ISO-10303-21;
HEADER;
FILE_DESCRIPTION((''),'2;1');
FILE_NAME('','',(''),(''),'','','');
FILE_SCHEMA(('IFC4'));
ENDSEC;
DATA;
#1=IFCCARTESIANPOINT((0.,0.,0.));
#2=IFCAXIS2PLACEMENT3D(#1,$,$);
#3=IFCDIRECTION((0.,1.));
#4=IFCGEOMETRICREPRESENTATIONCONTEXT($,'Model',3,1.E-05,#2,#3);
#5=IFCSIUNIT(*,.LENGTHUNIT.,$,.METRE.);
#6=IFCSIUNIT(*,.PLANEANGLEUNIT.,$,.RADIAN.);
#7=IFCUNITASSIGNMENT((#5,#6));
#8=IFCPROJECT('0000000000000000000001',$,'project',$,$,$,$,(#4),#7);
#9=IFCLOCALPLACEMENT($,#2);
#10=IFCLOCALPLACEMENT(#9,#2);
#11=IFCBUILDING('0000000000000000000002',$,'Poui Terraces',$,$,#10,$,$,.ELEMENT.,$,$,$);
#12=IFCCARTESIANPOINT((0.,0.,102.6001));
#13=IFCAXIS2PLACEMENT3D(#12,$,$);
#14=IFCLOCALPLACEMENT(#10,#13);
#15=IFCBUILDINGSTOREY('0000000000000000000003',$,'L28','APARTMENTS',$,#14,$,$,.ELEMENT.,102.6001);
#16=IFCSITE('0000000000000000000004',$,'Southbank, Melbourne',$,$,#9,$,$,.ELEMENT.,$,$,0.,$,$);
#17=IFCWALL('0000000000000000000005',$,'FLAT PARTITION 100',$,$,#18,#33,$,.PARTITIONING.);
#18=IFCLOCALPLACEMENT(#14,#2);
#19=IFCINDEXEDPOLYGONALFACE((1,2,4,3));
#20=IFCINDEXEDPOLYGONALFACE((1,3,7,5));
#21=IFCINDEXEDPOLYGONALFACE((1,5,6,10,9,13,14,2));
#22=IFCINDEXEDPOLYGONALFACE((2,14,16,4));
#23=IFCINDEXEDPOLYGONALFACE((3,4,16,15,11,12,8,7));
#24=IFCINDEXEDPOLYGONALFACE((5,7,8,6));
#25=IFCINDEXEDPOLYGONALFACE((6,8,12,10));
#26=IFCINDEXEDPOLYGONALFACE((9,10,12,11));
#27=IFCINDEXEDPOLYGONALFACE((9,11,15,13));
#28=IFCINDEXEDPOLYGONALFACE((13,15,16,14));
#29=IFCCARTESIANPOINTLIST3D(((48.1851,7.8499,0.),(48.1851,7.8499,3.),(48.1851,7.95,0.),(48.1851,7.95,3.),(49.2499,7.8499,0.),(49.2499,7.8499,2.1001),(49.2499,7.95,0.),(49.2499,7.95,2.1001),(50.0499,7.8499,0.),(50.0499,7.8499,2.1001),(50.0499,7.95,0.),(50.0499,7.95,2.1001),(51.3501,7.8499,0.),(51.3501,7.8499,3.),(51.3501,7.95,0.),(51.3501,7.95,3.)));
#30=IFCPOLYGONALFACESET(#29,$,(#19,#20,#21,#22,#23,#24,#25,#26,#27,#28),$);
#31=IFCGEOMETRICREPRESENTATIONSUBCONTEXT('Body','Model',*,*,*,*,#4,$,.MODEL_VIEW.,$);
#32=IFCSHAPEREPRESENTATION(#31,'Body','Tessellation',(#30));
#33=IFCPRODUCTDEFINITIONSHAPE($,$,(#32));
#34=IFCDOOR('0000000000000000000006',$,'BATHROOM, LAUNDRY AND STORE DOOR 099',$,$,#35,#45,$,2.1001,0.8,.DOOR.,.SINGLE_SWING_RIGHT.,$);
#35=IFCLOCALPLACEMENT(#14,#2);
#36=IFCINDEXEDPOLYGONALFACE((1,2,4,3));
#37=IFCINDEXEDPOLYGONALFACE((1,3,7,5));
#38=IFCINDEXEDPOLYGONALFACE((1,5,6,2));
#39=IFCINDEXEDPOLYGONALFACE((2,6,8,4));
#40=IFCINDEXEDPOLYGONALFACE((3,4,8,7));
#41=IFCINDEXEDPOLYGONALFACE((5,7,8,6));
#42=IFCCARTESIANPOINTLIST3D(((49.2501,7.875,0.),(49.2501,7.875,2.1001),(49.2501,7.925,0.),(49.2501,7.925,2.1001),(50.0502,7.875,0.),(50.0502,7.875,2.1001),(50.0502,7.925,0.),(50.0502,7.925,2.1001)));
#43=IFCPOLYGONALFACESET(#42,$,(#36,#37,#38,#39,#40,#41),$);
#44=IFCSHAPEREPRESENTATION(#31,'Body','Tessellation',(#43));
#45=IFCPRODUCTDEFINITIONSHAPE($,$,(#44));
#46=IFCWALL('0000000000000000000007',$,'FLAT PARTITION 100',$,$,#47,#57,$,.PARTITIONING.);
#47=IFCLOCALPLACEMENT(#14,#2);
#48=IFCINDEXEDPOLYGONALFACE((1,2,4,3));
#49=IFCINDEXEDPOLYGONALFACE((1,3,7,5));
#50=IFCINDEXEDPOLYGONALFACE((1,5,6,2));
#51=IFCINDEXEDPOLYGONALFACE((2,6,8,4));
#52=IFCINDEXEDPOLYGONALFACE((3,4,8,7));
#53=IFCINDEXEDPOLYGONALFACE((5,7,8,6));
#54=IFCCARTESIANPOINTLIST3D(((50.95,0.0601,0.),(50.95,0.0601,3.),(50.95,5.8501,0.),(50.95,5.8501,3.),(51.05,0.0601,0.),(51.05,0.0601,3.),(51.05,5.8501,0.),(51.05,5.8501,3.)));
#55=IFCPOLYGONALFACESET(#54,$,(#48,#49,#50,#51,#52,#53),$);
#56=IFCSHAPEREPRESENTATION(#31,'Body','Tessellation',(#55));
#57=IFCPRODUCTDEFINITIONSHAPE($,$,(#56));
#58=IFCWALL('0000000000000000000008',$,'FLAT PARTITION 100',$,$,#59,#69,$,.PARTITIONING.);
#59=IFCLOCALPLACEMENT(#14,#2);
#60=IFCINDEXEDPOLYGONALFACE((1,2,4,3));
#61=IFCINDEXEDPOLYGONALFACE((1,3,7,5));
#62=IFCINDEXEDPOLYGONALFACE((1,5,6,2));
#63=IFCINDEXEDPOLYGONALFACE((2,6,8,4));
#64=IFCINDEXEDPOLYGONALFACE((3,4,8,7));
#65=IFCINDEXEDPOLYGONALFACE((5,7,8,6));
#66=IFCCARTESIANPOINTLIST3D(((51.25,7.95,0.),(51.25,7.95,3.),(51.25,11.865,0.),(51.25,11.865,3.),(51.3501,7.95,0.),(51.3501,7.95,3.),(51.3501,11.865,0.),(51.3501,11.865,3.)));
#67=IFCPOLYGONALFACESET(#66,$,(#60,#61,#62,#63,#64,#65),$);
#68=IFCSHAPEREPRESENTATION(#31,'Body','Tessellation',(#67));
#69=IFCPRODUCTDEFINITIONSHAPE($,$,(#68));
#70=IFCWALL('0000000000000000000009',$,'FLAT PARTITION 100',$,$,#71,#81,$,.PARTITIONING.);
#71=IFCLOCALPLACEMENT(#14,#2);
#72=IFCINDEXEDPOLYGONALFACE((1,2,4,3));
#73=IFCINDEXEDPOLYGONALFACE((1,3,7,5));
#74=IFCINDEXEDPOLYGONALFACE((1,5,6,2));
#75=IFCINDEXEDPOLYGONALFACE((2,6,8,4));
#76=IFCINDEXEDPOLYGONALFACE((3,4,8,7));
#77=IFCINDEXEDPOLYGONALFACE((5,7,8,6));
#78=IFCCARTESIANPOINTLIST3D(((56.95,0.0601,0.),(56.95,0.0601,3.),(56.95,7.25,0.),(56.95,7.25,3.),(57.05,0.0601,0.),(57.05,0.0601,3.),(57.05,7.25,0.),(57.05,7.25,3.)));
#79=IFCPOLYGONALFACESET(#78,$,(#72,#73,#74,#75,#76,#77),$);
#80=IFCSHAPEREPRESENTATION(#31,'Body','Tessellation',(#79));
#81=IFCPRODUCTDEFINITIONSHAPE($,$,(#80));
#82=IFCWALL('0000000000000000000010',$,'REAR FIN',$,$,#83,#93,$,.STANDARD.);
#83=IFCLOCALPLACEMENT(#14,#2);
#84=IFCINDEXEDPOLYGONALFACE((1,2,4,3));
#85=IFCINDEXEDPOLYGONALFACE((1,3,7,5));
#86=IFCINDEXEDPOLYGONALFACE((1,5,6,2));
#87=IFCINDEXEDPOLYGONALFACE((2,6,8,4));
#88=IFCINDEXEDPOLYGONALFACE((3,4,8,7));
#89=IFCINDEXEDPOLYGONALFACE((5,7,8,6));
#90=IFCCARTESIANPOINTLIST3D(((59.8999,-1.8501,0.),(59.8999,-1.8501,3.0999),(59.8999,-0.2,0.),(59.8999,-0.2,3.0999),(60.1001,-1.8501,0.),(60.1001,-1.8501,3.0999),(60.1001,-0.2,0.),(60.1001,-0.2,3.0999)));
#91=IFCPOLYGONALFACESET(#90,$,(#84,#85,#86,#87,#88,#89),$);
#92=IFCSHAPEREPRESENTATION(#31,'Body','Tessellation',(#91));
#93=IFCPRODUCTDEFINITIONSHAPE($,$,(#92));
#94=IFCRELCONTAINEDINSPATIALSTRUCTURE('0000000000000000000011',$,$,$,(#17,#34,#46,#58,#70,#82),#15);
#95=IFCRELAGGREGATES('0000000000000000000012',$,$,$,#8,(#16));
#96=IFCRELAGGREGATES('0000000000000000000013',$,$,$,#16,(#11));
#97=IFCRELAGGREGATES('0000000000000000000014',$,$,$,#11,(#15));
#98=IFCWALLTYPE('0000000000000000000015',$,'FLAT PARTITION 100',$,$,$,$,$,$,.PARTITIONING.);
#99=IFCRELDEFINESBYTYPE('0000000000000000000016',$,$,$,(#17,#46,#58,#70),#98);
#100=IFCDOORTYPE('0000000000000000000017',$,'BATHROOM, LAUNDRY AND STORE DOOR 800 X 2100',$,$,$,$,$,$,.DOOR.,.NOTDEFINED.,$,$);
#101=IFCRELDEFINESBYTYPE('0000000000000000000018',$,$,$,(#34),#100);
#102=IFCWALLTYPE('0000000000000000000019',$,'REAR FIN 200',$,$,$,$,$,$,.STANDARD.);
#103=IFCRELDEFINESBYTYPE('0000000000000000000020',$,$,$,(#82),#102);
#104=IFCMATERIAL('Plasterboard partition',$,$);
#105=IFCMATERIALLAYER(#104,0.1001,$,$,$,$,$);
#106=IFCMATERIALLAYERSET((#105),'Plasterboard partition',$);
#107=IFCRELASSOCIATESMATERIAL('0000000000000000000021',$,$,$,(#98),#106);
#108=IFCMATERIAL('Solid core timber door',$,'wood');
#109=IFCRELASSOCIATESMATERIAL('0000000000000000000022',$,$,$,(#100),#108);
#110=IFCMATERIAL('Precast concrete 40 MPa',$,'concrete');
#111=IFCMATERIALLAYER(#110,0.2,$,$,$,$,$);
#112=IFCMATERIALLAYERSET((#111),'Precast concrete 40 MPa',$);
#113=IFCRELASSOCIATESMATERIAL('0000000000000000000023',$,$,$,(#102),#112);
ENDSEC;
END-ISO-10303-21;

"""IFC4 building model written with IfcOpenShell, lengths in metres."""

from ifc_helpers import new_model, si_unit, direction, frame, frame_2d, origin, place, context, subcontext, project, spatial, polyline, rectangle, outline, extrude, source, transform, mapped, material, layer, layer_set, type_object, element, fill, save


model = new_model("IFC4")

# Units and contexts
model_context = context("Model", 3, precision=1e-05, world=origin(), true_north=direction((0.0, 1.0)))
body_context = subcontext(model_context, "Body", "Model", "MODEL_VIEW")
ifc_project = project(units=[si_unit("LENGTHUNIT", "METRE"), si_unit("PLANEANGLEUNIT", "RADIAN")], contexts=[model_context])

# Site, building, storey
site_placement = place(None, origin())
site = spatial("IfcSite", under=ifc_project, at=site_placement, Name="Southbank, Melbourne", CompositionType="ELEMENT", RefElevation=0.0)
building_placement = place(site_placement, origin())
building = spatial("IfcBuilding", under=site, at=building_placement, Name="Poui Terraces", CompositionType="ELEMENT")
storey_placement = place(building_placement, frame((0.0, 0.0, 102.6001)))
storey = spatial("IfcBuildingStorey", under=building, at=storey_placement, Name="L28", Description="APARTMENTS", CompositionType="ELEMENT", Elevation=102.6001)

# Shared definitions
ifc_material_1 = material(Name="Precast concrete 40 MPa", Category="concrete")

# Shared definitions
ifc_material_2 = material(Name="Solid core timber door", Category="wood")

# Shared definitions
ifc_material_3 = material(Name="Plasterboard partition")
ifc_layer_1 = layer(ifc_material_3, 0.1001)
ifc_layer_set_1 = layer_set([ifc_layer_1], Name="Plasterboard partition")
wall_type_1 = type_object("IfcWallType", Name="FLAT PARTITION 100", PredefinedType="PARTITIONING", material=ifc_layer_set_1)

# Wall, opening, door
wall_1_placement = place(storey_placement, frame((48.1851, 7.8999, 0.0), z_axis=(0.0, 0.0, 1.0), x_axis=(1.0, 0.0, 0.0)))
wall_1 = element("IfcWall", 1, at=wall_1_placement, inside=storey, type_object=wall_type_1, Name="FLAT PARTITION 100", PredefinedType="PARTITIONING", context=body_context, shape_type="SweptSolid", body=[
    extrude(rectangle(XDim=3.165, YDim=0.1001, at=frame_2d((1.5825, 0.0))), origin(), (0.0, 0.0, 1.0), 3.0),
])
opening_1_placement = place(wall_1_placement, frame((1.0649, 0.0, 0.0)))
opening_1 = element("IfcOpeningElement", 2, at=opening_1_placement, cuts=wall_1, PredefinedType="OPENING", context=body_context, shape_type="SweptSolid", body=[
    extrude(rectangle(XDim=0.8, YDim=2.1001, at=frame_2d((0.3999, 1.05))), frame((0.0, 0.0601, 0.0), z_axis=(0.0, -1.0, 0.0), x_axis=(1.0, 0.0, 0.0)), (0.0, 0.0, 1.0), 0.1201),
])
door_type_1 = type_object("IfcDoorType", Name="BATHROOM, LAUNDRY AND STORE DOOR 800 X 2100", OperationType="NOTDEFINED", PredefinedType="DOOR", material=ifc_material_2)
door_1_placement = place(opening_1_placement, frame((0.8, 0.0, 0.0), z_axis=(0.0, 0.0, 1.0), x_axis=(-1.0, 0.0, 0.0)))
door_1 = element("IfcDoor", 3, at=door_1_placement, inside=storey, type_object=door_type_1, Name="BATHROOM, LAUNDRY AND STORE DOOR 099", OperationType="SINGLE_SWING_RIGHT", OverallHeight=2.1001, OverallWidth=0.8, PredefinedType="DOOR", context=body_context, shape_type="SweptSolid", body=[
    extrude(rectangle(XDim=0.8, YDim=2.1001, at=frame_2d((0.3999, 1.05))), frame((0.0, 0.0249, 0.0), z_axis=(0.0, -1.0, 0.0), x_axis=(1.0, 0.0, 0.0)), (0.0, 0.0, 1.0), 0.05),
])
fill(opening_1, door_1)

# Walls
wall_2_placement = place(storey_placement, frame((51.0, 0.0601, 0.0), z_axis=(0.0, 0.0, 1.0), x_axis=(0.0, 1.0, 0.0)))
element("IfcWall", 4, at=wall_2_placement, inside=storey, type_object=wall_type_1, Name="FLAT PARTITION 100", PredefinedType="PARTITIONING", context=body_context, shape_type="SweptSolid", body=[
    extrude(rectangle(XDim=5.79, YDim=0.1001, at=frame_2d((2.895, 0.0))), origin(), (0.0, 0.0, 1.0), 3.0),
])
wall_3_placement = place(storey_placement, frame((51.3, 7.95, 0.0), z_axis=(0.0, 0.0, 1.0), x_axis=(0.0, 1.0, 0.0)))
element("IfcWall", 5, at=wall_3_placement, inside=storey, type_object=wall_type_1, Name="FLAT PARTITION 100", PredefinedType="PARTITIONING", context=body_context, shape_type="SweptSolid", body=[
    extrude(rectangle(XDim=3.915, YDim=0.1001, at=frame_2d((1.9575, 0.0))), origin(), (0.0, 0.0, 1.0), 3.0),
])
wall_4_placement = place(storey_placement, frame((57.0, 0.0601, 0.0), z_axis=(0.0, 0.0, 1.0), x_axis=(0.0, 1.0, 0.0)))
element("IfcWall", 6, at=wall_4_placement, inside=storey, type_object=wall_type_1, Name="FLAT PARTITION 100", PredefinedType="PARTITIONING", context=body_context, shape_type="SweptSolid", body=[
    extrude(rectangle(XDim=7.1899, YDim=0.1001, at=frame_2d((3.595, 0.0))), origin(), (0.0, 0.0, 1.0), 3.0),
])
ifc_layer_2 = layer(ifc_material_1, 0.2)
ifc_layer_set_2 = layer_set([ifc_layer_2], Name="Precast concrete 40 MPa")
wall_type_2 = type_object("IfcWallType", Name="REAR FIN 200", PredefinedType="STANDARD", material=ifc_layer_set_2)
shared_shape_1 = source(origin(), body_context, "Body", "SweptSolid", [
    extrude(outline(polyline([(0.0, 0.0), (0.2002, 0.0), (0.2002, 1.6501), (0.0, 1.6501), (0.0, 0.0)])), origin(), (0.0, 0.0, 1.0), 3.0999),
])
wall_5_placement = place(storey_placement, frame((59.8999, -1.8501, 0.0)))
element("IfcWall", 7, at=wall_5_placement, inside=storey, type_object=wall_type_2, Name="REAR FIN", PredefinedType="STANDARD", context=body_context, shape_type="MappedRepresentation", body=[
    mapped(shared_shape_1, transform((0.0, 0.0, 0.0))),
])

save(model, "model.ifc")
